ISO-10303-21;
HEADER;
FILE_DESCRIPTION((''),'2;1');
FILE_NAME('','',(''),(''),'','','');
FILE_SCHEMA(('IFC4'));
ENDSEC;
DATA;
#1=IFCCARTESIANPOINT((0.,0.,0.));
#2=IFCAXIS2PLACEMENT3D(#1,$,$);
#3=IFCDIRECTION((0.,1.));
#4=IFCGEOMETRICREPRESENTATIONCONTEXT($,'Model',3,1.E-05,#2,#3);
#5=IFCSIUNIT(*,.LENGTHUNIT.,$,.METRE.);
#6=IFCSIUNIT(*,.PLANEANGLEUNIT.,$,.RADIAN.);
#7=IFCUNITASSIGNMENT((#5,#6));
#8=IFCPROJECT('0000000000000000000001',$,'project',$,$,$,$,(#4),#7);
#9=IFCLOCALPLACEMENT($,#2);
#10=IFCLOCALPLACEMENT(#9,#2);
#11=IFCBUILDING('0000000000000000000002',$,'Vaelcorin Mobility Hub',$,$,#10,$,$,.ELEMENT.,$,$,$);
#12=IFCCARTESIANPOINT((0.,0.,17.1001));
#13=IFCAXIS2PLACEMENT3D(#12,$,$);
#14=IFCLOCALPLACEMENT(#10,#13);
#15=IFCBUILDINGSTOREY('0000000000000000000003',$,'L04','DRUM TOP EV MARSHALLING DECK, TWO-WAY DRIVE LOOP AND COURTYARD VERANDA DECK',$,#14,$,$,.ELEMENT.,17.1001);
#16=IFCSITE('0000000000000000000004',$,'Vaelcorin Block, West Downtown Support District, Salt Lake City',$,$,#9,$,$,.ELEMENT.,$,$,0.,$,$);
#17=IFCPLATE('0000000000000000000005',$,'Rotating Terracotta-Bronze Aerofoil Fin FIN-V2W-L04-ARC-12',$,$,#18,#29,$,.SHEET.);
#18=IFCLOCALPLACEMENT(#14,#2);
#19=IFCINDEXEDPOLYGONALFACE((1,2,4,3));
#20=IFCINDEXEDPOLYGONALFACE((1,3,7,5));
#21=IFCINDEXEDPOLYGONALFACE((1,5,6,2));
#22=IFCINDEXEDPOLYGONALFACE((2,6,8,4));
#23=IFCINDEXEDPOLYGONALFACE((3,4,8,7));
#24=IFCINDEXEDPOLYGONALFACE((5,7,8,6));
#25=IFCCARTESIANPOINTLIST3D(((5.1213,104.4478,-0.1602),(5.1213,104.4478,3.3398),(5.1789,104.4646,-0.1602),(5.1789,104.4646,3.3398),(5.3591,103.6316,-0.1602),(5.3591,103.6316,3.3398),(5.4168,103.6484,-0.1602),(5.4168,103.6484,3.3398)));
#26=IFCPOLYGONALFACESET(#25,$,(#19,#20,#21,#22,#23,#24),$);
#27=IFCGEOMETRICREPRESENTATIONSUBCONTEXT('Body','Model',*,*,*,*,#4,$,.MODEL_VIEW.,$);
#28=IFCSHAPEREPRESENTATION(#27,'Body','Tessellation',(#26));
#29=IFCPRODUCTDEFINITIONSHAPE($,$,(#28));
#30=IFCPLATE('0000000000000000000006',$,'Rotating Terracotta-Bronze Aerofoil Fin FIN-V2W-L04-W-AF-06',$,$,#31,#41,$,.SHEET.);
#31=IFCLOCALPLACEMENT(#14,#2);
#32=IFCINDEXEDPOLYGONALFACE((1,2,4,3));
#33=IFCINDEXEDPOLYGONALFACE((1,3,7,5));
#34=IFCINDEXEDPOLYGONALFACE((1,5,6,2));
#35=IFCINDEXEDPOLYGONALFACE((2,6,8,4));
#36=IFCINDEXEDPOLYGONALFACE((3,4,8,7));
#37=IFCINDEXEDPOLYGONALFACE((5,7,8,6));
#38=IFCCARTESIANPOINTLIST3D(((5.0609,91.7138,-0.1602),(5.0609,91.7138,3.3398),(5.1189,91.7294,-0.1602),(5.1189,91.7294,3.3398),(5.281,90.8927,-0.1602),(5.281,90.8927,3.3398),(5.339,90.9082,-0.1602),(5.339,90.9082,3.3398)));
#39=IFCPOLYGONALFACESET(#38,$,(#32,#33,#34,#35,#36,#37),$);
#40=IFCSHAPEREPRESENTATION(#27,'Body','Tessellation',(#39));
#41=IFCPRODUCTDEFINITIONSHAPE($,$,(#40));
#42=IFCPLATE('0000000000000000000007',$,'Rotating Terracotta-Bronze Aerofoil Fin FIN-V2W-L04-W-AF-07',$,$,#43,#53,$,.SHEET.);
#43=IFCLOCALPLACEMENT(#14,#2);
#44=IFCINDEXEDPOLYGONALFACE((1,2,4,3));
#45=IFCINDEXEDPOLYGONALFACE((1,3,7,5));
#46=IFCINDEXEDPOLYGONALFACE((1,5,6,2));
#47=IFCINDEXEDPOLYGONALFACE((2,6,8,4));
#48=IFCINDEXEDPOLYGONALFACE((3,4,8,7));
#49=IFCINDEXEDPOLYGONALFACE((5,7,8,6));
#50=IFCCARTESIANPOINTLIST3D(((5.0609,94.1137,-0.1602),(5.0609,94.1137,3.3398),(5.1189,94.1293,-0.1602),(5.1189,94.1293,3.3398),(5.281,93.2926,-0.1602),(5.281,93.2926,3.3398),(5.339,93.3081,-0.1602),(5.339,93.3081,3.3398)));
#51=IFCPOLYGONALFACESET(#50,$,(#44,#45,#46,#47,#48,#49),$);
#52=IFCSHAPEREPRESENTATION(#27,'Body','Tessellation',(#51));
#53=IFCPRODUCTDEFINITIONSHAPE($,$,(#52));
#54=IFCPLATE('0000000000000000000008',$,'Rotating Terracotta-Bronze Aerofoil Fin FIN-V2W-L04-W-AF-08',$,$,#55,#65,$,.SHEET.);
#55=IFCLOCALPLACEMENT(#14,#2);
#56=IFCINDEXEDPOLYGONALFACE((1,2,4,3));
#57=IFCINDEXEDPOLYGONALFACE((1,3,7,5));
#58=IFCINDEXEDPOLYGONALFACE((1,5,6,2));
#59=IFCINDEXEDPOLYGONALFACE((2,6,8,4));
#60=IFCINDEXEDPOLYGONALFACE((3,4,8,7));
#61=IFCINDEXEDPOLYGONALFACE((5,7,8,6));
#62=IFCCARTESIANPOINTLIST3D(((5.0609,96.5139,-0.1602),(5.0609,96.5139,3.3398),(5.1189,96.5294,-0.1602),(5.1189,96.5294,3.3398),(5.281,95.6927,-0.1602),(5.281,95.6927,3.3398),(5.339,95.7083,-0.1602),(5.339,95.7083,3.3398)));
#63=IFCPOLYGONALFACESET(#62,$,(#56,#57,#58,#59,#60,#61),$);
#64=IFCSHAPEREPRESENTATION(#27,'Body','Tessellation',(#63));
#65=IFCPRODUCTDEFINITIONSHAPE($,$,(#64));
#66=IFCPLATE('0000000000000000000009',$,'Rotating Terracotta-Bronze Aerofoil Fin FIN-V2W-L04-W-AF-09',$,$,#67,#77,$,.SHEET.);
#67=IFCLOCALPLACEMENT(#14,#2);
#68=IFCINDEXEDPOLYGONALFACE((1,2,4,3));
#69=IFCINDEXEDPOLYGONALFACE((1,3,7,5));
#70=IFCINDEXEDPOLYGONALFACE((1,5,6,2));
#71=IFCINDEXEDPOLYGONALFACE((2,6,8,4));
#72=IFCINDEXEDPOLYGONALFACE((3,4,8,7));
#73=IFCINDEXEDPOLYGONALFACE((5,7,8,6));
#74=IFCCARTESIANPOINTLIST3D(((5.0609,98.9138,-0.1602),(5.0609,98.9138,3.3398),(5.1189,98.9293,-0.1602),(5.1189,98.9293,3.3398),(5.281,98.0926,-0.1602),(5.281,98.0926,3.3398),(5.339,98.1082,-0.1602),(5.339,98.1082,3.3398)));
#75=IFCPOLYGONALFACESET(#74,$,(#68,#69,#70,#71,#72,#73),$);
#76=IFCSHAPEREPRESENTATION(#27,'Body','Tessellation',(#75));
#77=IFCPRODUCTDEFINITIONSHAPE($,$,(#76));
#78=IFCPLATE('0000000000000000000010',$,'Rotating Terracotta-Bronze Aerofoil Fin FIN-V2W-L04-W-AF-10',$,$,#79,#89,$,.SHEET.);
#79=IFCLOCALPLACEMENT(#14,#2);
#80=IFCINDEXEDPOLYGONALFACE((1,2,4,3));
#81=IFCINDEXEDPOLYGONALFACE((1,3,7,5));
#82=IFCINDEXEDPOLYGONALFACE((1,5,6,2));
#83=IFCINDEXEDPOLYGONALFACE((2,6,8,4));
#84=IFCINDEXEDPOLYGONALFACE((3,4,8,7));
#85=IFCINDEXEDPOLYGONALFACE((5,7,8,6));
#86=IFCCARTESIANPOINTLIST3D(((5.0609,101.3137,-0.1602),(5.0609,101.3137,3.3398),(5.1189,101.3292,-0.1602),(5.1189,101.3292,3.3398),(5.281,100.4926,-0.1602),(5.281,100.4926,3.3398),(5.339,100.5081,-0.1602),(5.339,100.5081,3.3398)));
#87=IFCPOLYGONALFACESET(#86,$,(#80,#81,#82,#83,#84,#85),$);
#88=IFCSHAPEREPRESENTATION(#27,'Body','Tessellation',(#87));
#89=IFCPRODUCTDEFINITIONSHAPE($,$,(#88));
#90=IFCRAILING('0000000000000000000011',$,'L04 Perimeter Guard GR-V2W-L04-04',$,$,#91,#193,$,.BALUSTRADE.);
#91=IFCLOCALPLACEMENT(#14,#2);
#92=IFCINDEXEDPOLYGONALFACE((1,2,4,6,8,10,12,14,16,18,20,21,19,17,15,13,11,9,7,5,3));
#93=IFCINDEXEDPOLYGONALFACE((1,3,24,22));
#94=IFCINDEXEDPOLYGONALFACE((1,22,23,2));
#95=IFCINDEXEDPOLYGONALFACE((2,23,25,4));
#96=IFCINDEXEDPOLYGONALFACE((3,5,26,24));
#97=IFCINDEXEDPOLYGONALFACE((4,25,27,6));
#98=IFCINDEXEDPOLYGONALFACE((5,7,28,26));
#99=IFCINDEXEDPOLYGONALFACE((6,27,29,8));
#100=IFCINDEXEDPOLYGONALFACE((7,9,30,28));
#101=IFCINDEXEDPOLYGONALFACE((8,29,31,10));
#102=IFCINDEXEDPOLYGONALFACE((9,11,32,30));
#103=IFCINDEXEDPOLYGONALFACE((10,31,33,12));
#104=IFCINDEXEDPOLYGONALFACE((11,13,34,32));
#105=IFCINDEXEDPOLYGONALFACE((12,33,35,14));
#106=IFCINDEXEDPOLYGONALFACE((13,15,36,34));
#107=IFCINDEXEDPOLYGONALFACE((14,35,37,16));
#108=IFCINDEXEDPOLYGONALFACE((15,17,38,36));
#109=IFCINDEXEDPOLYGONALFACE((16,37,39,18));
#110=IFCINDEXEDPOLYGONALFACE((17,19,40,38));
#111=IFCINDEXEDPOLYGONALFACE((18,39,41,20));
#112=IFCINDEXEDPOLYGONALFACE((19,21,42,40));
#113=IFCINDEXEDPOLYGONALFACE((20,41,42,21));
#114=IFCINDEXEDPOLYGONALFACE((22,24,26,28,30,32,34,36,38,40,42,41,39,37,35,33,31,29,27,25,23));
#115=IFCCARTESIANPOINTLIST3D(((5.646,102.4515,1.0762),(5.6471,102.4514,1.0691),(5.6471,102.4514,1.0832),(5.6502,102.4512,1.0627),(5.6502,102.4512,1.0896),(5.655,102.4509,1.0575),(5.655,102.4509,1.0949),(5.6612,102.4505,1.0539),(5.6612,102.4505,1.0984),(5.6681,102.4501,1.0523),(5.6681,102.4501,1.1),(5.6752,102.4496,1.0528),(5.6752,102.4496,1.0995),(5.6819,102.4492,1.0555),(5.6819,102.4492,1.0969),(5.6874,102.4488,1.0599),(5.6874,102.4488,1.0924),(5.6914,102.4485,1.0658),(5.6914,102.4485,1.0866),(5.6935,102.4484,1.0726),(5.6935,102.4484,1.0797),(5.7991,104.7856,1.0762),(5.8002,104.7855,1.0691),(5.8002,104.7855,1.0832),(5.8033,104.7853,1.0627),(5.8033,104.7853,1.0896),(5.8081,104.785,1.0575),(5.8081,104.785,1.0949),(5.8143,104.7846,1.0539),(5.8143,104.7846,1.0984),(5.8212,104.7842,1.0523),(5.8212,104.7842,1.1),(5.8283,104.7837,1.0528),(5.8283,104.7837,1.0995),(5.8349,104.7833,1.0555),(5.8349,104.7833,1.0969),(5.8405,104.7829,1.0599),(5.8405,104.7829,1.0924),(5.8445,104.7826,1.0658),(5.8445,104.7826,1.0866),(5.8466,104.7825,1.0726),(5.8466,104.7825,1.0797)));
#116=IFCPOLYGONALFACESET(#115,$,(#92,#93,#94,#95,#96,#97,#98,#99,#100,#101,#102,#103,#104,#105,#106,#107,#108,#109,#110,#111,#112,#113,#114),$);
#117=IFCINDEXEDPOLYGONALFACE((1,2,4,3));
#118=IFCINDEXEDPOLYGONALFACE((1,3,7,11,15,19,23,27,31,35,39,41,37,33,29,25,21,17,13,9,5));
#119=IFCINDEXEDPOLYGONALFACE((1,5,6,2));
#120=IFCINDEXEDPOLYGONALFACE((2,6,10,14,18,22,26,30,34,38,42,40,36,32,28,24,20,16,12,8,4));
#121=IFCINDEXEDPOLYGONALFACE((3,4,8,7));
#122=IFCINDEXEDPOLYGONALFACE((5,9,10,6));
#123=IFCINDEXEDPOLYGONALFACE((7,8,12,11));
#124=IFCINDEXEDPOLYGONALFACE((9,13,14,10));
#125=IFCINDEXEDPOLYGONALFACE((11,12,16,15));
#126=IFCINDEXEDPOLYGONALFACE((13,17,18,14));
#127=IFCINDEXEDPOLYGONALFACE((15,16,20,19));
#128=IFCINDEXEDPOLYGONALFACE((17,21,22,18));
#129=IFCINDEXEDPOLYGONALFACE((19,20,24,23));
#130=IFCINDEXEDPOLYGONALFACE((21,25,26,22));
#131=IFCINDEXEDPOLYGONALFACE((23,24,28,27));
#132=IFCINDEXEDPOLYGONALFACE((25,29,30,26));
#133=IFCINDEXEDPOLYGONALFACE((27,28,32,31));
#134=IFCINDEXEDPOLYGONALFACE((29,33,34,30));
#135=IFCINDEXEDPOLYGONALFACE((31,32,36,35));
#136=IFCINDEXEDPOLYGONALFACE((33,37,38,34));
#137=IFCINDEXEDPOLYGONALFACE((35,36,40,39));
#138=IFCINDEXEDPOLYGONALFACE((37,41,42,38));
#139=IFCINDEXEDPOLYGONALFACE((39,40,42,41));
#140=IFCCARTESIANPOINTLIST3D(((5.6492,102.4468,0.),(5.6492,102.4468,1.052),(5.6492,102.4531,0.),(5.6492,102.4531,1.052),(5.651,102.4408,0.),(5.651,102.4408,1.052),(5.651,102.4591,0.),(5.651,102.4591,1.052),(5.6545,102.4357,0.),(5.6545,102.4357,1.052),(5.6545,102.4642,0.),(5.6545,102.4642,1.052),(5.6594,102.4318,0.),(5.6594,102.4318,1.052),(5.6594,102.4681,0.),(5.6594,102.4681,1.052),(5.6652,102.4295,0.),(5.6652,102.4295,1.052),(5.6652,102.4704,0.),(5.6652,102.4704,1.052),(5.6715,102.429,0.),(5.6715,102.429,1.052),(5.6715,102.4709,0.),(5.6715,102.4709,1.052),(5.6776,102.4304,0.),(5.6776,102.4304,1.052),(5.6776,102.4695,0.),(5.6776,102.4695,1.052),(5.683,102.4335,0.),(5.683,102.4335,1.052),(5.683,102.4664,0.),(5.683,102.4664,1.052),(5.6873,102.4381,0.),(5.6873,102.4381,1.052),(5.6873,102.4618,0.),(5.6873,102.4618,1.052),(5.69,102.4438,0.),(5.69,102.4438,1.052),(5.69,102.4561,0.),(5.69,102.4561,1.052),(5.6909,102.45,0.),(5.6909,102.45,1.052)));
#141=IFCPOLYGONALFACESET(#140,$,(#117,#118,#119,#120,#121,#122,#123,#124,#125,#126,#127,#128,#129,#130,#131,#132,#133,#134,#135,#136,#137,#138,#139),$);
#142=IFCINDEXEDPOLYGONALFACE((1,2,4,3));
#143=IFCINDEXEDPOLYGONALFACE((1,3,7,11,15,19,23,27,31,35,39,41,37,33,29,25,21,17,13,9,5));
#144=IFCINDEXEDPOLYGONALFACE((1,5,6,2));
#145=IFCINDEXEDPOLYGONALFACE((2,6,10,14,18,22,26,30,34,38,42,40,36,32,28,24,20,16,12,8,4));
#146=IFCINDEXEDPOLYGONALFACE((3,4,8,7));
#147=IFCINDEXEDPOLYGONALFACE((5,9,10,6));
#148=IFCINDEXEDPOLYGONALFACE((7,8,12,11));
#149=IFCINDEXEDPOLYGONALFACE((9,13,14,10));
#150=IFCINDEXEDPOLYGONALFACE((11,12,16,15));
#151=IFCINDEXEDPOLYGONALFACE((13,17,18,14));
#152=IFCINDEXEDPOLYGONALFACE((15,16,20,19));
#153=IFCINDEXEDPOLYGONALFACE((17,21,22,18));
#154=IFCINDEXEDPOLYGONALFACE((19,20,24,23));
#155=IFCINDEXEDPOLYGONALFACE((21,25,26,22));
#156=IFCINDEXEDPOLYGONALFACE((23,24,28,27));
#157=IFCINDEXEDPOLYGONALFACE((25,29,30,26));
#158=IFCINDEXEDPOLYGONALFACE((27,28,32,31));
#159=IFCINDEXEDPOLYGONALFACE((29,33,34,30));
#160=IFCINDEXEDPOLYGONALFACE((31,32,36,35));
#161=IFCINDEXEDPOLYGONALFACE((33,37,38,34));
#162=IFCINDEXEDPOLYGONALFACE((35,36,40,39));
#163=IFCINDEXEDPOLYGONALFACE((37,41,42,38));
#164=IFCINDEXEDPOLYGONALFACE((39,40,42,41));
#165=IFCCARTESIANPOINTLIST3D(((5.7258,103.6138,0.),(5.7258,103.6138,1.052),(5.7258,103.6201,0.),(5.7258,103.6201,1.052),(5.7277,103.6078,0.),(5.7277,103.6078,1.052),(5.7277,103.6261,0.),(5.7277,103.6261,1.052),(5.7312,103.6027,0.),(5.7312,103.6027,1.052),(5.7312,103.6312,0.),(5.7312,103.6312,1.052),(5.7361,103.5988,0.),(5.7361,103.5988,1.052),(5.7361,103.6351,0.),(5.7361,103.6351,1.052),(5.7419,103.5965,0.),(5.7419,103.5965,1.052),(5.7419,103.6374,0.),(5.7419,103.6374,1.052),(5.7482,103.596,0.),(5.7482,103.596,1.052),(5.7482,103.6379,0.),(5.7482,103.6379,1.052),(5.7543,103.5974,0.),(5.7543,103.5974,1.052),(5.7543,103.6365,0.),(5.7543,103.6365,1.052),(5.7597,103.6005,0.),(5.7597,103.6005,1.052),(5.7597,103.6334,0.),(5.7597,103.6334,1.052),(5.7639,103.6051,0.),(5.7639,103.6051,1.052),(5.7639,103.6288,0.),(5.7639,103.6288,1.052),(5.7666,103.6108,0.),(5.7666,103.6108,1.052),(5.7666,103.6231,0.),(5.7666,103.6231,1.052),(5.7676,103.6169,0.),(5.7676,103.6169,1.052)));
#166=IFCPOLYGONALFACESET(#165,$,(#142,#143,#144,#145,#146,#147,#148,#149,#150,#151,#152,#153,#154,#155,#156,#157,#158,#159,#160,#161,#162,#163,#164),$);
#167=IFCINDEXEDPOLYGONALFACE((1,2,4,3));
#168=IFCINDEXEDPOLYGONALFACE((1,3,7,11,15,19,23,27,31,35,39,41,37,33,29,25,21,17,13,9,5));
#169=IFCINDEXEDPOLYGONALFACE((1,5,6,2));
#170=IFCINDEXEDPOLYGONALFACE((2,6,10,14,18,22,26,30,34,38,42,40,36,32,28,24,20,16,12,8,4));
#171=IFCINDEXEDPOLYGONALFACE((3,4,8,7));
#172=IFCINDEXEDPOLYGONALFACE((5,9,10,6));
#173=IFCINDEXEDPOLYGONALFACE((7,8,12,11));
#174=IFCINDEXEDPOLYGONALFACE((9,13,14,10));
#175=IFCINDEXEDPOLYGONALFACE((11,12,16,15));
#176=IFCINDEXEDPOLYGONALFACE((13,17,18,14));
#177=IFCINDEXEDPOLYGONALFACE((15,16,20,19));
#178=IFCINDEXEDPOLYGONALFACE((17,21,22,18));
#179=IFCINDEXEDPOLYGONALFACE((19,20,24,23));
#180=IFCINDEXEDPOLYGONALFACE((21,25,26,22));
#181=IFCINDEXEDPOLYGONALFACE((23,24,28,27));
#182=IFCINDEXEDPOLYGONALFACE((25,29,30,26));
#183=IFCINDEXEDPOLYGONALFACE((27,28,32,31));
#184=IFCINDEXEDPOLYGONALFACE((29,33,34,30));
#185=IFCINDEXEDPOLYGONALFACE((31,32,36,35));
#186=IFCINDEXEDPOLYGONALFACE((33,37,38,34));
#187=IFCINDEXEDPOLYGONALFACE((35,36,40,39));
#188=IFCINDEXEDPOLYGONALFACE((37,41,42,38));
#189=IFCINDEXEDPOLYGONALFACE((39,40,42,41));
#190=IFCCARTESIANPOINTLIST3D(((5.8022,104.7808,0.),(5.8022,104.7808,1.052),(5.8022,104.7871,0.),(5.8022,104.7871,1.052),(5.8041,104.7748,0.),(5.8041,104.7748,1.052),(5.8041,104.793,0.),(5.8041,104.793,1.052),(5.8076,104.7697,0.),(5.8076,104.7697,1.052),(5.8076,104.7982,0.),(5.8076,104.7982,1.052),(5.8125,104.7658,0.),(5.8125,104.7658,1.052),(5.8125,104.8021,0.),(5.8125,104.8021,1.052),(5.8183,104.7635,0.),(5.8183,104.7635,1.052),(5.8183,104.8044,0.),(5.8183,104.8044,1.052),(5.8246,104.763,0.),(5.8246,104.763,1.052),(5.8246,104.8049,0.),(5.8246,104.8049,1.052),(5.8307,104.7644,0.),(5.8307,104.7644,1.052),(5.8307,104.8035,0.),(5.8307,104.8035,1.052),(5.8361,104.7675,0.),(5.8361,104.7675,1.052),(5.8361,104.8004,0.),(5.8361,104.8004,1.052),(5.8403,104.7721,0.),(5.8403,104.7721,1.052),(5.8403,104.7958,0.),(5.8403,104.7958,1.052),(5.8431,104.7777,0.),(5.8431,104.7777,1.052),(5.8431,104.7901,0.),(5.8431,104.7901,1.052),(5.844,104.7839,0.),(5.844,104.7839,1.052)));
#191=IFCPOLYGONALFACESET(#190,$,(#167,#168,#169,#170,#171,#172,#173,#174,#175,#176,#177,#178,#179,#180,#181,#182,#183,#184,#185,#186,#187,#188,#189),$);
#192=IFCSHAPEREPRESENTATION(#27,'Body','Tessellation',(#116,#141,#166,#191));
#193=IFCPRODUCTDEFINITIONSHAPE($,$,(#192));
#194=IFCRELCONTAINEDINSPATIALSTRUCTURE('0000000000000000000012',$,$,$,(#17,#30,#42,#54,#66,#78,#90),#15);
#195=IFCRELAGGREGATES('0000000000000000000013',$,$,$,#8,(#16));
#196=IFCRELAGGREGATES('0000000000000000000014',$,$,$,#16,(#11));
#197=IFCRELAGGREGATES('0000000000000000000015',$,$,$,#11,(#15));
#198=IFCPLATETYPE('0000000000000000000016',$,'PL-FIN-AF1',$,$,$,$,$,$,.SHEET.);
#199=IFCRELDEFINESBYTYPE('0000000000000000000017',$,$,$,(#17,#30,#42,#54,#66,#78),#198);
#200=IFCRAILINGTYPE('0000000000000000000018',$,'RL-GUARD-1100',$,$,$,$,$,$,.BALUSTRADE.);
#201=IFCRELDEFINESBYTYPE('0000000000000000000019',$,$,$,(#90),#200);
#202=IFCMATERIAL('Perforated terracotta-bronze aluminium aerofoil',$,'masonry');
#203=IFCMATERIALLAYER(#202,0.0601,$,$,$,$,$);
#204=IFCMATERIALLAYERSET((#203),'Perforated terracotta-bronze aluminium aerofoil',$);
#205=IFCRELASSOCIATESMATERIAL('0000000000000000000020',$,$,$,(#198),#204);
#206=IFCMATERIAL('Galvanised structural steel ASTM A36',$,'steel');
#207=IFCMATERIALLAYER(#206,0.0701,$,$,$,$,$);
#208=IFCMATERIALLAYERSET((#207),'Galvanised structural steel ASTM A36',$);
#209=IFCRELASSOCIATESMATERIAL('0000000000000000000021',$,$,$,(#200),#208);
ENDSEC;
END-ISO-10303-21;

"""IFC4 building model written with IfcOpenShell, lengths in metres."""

from ifc_helpers import new_model, si_unit, direction, frame, origin, origin_2d, place, context, subcontext, project, spatial, rectangle, circle, extrude, material, layer, layer_set, type_object, element, save


model = new_model("IFC4")

# Units and contexts
model_context = context("Model", 3, precision=1e-05, world=origin(), true_north=direction((0.0, 1.0)))
body_context = subcontext(model_context, "Body", "Model", "MODEL_VIEW")
ifc_project = project(units=[si_unit("LENGTHUNIT", "METRE"), si_unit("PLANEANGLEUNIT", "RADIAN")], contexts=[model_context])

# Site, building, storey
site_placement = place(None, origin())
site = spatial("IfcSite", under=ifc_project, at=site_placement, Name="Vaelcorin Block, West Downtown Support District, Salt Lake City", CompositionType="ELEMENT", RefElevation=0.0)
building_placement = place(site_placement, origin())
building = spatial("IfcBuilding", under=site, at=building_placement, Name="Vaelcorin Mobility Hub", CompositionType="ELEMENT")
storey_placement = place(building_placement, frame((0.0, 0.0, 17.1001)))
storey = spatial("IfcBuildingStorey", under=building, at=storey_placement, Name="L04", Description="DRUM TOP EV MARSHALLING DECK, TWO-WAY DRIVE LOOP AND COURTYARD VERANDA DECK", CompositionType="ELEMENT", Elevation=17.1001)

# Plates
ifc_material_1 = material(Name="Perforated terracotta-bronze aluminium aerofoil", Category="masonry")
ifc_layer_1 = layer(ifc_material_1, 0.0601)
ifc_layer_set_1 = layer_set([ifc_layer_1], Name="Perforated terracotta-bronze aluminium aerofoil")
plate_type = type_object("IfcPlateType", Name="PL-FIN-AF1", PredefinedType="SHEET", material=ifc_layer_set_1)
for number, where, z_axis, x_axis, name in (
    (1, (5.269, 104.0481, -0.1602), (0.0, 0.0, 1.0), (-0.279812, 0.960055, 0.0), "Rotating Terracotta-Bronze Aerofoil Fin FIN-V2W-L04-ARC-12"),
    (2, (5.2, 91.311, -0.1602), (0.0, 0.0, 1.0), (-0.258819, 0.965926, 0.0), "Rotating Terracotta-Bronze Aerofoil Fin FIN-V2W-L04-W-AF-06"),
    (3, (5.2, 93.7109, -0.1602), (0.0, 0.0, 1.0), (-0.258819, 0.965926, 0.0), "Rotating Terracotta-Bronze Aerofoil Fin FIN-V2W-L04-W-AF-07"),
    (4, (5.2, 96.1111, -0.1602), (0.0, 0.0, 1.0), (-0.258819, 0.965926, 0.0), "Rotating Terracotta-Bronze Aerofoil Fin FIN-V2W-L04-W-AF-08"),
    (5, (5.2, 98.511, -0.1602), (0.0, 0.0, 1.0), (-0.258819, 0.965926, 0.0), "Rotating Terracotta-Bronze Aerofoil Fin FIN-V2W-L04-W-AF-09"),
    (6, (5.2, 100.9109, -0.1602), (0.0, 0.0, 1.0), (-0.258819, 0.965926, 0.0), "Rotating Terracotta-Bronze Aerofoil Fin FIN-V2W-L04-W-AF-10"),
):
    element("IfcPlate", number, at=place(storey_placement, frame(where, z_axis=z_axis, x_axis=x_axis)), inside=storey, type_object=plate_type, Name=name, PredefinedType="SHEET", context=body_context, shape_type="SweptSolid", body=[
        extrude(rectangle(XDim=0.8501, YDim=0.0601, at=origin_2d()), origin(), (0.0, 0.0, 1.0), 3.5),
    ])

# Railing
ifc_material_2 = material(Name="Galvanised structural steel ASTM A36", Category="steel")
ifc_layer_2 = layer(ifc_material_2, 0.0701)
ifc_layer_set_2 = layer_set([ifc_layer_2], Name="Galvanised structural steel ASTM A36")
railing_type = type_object("IfcRailingType", Name="RL-GUARD-1100", PredefinedType="BALUSTRADE", material=ifc_layer_set_2)
railing_1_placement = place(storey_placement, frame((5.6699, 102.45, 0.0)))
element("IfcRailing", 7, at=railing_1_placement, inside=storey, type_object=railing_type, Name="L04 Perimeter Guard GR-V2W-L04-04", PredefinedType="BALUSTRADE", context=body_context, shape_type="SweptSolid", body=[
    extrude(circle(Radius=0.0239, at=origin_2d()), frame((0.0, 0.0, 1.0762), z_axis=(0.065445, 0.997856, 0.0), x_axis=(-0.997856, 0.065445, 0.0)), (0.0, 0.0, 1.0), 2.3391),
    extrude(circle(Radius=0.021, at=origin_2d()), origin(), (0.0, 0.0, 1.0), 1.052),
    extrude(circle(Radius=0.021, at=origin_2d()), frame((0.0767, 1.167, 0.0)), (0.0, 0.0, 1.0), 1.052),
    extrude(circle(Radius=0.021, at=origin_2d()), frame((0.1531, 2.334, 0.0)), (0.0, 0.0, 1.0), 1.052),
])

save(model, "model.ifc")
